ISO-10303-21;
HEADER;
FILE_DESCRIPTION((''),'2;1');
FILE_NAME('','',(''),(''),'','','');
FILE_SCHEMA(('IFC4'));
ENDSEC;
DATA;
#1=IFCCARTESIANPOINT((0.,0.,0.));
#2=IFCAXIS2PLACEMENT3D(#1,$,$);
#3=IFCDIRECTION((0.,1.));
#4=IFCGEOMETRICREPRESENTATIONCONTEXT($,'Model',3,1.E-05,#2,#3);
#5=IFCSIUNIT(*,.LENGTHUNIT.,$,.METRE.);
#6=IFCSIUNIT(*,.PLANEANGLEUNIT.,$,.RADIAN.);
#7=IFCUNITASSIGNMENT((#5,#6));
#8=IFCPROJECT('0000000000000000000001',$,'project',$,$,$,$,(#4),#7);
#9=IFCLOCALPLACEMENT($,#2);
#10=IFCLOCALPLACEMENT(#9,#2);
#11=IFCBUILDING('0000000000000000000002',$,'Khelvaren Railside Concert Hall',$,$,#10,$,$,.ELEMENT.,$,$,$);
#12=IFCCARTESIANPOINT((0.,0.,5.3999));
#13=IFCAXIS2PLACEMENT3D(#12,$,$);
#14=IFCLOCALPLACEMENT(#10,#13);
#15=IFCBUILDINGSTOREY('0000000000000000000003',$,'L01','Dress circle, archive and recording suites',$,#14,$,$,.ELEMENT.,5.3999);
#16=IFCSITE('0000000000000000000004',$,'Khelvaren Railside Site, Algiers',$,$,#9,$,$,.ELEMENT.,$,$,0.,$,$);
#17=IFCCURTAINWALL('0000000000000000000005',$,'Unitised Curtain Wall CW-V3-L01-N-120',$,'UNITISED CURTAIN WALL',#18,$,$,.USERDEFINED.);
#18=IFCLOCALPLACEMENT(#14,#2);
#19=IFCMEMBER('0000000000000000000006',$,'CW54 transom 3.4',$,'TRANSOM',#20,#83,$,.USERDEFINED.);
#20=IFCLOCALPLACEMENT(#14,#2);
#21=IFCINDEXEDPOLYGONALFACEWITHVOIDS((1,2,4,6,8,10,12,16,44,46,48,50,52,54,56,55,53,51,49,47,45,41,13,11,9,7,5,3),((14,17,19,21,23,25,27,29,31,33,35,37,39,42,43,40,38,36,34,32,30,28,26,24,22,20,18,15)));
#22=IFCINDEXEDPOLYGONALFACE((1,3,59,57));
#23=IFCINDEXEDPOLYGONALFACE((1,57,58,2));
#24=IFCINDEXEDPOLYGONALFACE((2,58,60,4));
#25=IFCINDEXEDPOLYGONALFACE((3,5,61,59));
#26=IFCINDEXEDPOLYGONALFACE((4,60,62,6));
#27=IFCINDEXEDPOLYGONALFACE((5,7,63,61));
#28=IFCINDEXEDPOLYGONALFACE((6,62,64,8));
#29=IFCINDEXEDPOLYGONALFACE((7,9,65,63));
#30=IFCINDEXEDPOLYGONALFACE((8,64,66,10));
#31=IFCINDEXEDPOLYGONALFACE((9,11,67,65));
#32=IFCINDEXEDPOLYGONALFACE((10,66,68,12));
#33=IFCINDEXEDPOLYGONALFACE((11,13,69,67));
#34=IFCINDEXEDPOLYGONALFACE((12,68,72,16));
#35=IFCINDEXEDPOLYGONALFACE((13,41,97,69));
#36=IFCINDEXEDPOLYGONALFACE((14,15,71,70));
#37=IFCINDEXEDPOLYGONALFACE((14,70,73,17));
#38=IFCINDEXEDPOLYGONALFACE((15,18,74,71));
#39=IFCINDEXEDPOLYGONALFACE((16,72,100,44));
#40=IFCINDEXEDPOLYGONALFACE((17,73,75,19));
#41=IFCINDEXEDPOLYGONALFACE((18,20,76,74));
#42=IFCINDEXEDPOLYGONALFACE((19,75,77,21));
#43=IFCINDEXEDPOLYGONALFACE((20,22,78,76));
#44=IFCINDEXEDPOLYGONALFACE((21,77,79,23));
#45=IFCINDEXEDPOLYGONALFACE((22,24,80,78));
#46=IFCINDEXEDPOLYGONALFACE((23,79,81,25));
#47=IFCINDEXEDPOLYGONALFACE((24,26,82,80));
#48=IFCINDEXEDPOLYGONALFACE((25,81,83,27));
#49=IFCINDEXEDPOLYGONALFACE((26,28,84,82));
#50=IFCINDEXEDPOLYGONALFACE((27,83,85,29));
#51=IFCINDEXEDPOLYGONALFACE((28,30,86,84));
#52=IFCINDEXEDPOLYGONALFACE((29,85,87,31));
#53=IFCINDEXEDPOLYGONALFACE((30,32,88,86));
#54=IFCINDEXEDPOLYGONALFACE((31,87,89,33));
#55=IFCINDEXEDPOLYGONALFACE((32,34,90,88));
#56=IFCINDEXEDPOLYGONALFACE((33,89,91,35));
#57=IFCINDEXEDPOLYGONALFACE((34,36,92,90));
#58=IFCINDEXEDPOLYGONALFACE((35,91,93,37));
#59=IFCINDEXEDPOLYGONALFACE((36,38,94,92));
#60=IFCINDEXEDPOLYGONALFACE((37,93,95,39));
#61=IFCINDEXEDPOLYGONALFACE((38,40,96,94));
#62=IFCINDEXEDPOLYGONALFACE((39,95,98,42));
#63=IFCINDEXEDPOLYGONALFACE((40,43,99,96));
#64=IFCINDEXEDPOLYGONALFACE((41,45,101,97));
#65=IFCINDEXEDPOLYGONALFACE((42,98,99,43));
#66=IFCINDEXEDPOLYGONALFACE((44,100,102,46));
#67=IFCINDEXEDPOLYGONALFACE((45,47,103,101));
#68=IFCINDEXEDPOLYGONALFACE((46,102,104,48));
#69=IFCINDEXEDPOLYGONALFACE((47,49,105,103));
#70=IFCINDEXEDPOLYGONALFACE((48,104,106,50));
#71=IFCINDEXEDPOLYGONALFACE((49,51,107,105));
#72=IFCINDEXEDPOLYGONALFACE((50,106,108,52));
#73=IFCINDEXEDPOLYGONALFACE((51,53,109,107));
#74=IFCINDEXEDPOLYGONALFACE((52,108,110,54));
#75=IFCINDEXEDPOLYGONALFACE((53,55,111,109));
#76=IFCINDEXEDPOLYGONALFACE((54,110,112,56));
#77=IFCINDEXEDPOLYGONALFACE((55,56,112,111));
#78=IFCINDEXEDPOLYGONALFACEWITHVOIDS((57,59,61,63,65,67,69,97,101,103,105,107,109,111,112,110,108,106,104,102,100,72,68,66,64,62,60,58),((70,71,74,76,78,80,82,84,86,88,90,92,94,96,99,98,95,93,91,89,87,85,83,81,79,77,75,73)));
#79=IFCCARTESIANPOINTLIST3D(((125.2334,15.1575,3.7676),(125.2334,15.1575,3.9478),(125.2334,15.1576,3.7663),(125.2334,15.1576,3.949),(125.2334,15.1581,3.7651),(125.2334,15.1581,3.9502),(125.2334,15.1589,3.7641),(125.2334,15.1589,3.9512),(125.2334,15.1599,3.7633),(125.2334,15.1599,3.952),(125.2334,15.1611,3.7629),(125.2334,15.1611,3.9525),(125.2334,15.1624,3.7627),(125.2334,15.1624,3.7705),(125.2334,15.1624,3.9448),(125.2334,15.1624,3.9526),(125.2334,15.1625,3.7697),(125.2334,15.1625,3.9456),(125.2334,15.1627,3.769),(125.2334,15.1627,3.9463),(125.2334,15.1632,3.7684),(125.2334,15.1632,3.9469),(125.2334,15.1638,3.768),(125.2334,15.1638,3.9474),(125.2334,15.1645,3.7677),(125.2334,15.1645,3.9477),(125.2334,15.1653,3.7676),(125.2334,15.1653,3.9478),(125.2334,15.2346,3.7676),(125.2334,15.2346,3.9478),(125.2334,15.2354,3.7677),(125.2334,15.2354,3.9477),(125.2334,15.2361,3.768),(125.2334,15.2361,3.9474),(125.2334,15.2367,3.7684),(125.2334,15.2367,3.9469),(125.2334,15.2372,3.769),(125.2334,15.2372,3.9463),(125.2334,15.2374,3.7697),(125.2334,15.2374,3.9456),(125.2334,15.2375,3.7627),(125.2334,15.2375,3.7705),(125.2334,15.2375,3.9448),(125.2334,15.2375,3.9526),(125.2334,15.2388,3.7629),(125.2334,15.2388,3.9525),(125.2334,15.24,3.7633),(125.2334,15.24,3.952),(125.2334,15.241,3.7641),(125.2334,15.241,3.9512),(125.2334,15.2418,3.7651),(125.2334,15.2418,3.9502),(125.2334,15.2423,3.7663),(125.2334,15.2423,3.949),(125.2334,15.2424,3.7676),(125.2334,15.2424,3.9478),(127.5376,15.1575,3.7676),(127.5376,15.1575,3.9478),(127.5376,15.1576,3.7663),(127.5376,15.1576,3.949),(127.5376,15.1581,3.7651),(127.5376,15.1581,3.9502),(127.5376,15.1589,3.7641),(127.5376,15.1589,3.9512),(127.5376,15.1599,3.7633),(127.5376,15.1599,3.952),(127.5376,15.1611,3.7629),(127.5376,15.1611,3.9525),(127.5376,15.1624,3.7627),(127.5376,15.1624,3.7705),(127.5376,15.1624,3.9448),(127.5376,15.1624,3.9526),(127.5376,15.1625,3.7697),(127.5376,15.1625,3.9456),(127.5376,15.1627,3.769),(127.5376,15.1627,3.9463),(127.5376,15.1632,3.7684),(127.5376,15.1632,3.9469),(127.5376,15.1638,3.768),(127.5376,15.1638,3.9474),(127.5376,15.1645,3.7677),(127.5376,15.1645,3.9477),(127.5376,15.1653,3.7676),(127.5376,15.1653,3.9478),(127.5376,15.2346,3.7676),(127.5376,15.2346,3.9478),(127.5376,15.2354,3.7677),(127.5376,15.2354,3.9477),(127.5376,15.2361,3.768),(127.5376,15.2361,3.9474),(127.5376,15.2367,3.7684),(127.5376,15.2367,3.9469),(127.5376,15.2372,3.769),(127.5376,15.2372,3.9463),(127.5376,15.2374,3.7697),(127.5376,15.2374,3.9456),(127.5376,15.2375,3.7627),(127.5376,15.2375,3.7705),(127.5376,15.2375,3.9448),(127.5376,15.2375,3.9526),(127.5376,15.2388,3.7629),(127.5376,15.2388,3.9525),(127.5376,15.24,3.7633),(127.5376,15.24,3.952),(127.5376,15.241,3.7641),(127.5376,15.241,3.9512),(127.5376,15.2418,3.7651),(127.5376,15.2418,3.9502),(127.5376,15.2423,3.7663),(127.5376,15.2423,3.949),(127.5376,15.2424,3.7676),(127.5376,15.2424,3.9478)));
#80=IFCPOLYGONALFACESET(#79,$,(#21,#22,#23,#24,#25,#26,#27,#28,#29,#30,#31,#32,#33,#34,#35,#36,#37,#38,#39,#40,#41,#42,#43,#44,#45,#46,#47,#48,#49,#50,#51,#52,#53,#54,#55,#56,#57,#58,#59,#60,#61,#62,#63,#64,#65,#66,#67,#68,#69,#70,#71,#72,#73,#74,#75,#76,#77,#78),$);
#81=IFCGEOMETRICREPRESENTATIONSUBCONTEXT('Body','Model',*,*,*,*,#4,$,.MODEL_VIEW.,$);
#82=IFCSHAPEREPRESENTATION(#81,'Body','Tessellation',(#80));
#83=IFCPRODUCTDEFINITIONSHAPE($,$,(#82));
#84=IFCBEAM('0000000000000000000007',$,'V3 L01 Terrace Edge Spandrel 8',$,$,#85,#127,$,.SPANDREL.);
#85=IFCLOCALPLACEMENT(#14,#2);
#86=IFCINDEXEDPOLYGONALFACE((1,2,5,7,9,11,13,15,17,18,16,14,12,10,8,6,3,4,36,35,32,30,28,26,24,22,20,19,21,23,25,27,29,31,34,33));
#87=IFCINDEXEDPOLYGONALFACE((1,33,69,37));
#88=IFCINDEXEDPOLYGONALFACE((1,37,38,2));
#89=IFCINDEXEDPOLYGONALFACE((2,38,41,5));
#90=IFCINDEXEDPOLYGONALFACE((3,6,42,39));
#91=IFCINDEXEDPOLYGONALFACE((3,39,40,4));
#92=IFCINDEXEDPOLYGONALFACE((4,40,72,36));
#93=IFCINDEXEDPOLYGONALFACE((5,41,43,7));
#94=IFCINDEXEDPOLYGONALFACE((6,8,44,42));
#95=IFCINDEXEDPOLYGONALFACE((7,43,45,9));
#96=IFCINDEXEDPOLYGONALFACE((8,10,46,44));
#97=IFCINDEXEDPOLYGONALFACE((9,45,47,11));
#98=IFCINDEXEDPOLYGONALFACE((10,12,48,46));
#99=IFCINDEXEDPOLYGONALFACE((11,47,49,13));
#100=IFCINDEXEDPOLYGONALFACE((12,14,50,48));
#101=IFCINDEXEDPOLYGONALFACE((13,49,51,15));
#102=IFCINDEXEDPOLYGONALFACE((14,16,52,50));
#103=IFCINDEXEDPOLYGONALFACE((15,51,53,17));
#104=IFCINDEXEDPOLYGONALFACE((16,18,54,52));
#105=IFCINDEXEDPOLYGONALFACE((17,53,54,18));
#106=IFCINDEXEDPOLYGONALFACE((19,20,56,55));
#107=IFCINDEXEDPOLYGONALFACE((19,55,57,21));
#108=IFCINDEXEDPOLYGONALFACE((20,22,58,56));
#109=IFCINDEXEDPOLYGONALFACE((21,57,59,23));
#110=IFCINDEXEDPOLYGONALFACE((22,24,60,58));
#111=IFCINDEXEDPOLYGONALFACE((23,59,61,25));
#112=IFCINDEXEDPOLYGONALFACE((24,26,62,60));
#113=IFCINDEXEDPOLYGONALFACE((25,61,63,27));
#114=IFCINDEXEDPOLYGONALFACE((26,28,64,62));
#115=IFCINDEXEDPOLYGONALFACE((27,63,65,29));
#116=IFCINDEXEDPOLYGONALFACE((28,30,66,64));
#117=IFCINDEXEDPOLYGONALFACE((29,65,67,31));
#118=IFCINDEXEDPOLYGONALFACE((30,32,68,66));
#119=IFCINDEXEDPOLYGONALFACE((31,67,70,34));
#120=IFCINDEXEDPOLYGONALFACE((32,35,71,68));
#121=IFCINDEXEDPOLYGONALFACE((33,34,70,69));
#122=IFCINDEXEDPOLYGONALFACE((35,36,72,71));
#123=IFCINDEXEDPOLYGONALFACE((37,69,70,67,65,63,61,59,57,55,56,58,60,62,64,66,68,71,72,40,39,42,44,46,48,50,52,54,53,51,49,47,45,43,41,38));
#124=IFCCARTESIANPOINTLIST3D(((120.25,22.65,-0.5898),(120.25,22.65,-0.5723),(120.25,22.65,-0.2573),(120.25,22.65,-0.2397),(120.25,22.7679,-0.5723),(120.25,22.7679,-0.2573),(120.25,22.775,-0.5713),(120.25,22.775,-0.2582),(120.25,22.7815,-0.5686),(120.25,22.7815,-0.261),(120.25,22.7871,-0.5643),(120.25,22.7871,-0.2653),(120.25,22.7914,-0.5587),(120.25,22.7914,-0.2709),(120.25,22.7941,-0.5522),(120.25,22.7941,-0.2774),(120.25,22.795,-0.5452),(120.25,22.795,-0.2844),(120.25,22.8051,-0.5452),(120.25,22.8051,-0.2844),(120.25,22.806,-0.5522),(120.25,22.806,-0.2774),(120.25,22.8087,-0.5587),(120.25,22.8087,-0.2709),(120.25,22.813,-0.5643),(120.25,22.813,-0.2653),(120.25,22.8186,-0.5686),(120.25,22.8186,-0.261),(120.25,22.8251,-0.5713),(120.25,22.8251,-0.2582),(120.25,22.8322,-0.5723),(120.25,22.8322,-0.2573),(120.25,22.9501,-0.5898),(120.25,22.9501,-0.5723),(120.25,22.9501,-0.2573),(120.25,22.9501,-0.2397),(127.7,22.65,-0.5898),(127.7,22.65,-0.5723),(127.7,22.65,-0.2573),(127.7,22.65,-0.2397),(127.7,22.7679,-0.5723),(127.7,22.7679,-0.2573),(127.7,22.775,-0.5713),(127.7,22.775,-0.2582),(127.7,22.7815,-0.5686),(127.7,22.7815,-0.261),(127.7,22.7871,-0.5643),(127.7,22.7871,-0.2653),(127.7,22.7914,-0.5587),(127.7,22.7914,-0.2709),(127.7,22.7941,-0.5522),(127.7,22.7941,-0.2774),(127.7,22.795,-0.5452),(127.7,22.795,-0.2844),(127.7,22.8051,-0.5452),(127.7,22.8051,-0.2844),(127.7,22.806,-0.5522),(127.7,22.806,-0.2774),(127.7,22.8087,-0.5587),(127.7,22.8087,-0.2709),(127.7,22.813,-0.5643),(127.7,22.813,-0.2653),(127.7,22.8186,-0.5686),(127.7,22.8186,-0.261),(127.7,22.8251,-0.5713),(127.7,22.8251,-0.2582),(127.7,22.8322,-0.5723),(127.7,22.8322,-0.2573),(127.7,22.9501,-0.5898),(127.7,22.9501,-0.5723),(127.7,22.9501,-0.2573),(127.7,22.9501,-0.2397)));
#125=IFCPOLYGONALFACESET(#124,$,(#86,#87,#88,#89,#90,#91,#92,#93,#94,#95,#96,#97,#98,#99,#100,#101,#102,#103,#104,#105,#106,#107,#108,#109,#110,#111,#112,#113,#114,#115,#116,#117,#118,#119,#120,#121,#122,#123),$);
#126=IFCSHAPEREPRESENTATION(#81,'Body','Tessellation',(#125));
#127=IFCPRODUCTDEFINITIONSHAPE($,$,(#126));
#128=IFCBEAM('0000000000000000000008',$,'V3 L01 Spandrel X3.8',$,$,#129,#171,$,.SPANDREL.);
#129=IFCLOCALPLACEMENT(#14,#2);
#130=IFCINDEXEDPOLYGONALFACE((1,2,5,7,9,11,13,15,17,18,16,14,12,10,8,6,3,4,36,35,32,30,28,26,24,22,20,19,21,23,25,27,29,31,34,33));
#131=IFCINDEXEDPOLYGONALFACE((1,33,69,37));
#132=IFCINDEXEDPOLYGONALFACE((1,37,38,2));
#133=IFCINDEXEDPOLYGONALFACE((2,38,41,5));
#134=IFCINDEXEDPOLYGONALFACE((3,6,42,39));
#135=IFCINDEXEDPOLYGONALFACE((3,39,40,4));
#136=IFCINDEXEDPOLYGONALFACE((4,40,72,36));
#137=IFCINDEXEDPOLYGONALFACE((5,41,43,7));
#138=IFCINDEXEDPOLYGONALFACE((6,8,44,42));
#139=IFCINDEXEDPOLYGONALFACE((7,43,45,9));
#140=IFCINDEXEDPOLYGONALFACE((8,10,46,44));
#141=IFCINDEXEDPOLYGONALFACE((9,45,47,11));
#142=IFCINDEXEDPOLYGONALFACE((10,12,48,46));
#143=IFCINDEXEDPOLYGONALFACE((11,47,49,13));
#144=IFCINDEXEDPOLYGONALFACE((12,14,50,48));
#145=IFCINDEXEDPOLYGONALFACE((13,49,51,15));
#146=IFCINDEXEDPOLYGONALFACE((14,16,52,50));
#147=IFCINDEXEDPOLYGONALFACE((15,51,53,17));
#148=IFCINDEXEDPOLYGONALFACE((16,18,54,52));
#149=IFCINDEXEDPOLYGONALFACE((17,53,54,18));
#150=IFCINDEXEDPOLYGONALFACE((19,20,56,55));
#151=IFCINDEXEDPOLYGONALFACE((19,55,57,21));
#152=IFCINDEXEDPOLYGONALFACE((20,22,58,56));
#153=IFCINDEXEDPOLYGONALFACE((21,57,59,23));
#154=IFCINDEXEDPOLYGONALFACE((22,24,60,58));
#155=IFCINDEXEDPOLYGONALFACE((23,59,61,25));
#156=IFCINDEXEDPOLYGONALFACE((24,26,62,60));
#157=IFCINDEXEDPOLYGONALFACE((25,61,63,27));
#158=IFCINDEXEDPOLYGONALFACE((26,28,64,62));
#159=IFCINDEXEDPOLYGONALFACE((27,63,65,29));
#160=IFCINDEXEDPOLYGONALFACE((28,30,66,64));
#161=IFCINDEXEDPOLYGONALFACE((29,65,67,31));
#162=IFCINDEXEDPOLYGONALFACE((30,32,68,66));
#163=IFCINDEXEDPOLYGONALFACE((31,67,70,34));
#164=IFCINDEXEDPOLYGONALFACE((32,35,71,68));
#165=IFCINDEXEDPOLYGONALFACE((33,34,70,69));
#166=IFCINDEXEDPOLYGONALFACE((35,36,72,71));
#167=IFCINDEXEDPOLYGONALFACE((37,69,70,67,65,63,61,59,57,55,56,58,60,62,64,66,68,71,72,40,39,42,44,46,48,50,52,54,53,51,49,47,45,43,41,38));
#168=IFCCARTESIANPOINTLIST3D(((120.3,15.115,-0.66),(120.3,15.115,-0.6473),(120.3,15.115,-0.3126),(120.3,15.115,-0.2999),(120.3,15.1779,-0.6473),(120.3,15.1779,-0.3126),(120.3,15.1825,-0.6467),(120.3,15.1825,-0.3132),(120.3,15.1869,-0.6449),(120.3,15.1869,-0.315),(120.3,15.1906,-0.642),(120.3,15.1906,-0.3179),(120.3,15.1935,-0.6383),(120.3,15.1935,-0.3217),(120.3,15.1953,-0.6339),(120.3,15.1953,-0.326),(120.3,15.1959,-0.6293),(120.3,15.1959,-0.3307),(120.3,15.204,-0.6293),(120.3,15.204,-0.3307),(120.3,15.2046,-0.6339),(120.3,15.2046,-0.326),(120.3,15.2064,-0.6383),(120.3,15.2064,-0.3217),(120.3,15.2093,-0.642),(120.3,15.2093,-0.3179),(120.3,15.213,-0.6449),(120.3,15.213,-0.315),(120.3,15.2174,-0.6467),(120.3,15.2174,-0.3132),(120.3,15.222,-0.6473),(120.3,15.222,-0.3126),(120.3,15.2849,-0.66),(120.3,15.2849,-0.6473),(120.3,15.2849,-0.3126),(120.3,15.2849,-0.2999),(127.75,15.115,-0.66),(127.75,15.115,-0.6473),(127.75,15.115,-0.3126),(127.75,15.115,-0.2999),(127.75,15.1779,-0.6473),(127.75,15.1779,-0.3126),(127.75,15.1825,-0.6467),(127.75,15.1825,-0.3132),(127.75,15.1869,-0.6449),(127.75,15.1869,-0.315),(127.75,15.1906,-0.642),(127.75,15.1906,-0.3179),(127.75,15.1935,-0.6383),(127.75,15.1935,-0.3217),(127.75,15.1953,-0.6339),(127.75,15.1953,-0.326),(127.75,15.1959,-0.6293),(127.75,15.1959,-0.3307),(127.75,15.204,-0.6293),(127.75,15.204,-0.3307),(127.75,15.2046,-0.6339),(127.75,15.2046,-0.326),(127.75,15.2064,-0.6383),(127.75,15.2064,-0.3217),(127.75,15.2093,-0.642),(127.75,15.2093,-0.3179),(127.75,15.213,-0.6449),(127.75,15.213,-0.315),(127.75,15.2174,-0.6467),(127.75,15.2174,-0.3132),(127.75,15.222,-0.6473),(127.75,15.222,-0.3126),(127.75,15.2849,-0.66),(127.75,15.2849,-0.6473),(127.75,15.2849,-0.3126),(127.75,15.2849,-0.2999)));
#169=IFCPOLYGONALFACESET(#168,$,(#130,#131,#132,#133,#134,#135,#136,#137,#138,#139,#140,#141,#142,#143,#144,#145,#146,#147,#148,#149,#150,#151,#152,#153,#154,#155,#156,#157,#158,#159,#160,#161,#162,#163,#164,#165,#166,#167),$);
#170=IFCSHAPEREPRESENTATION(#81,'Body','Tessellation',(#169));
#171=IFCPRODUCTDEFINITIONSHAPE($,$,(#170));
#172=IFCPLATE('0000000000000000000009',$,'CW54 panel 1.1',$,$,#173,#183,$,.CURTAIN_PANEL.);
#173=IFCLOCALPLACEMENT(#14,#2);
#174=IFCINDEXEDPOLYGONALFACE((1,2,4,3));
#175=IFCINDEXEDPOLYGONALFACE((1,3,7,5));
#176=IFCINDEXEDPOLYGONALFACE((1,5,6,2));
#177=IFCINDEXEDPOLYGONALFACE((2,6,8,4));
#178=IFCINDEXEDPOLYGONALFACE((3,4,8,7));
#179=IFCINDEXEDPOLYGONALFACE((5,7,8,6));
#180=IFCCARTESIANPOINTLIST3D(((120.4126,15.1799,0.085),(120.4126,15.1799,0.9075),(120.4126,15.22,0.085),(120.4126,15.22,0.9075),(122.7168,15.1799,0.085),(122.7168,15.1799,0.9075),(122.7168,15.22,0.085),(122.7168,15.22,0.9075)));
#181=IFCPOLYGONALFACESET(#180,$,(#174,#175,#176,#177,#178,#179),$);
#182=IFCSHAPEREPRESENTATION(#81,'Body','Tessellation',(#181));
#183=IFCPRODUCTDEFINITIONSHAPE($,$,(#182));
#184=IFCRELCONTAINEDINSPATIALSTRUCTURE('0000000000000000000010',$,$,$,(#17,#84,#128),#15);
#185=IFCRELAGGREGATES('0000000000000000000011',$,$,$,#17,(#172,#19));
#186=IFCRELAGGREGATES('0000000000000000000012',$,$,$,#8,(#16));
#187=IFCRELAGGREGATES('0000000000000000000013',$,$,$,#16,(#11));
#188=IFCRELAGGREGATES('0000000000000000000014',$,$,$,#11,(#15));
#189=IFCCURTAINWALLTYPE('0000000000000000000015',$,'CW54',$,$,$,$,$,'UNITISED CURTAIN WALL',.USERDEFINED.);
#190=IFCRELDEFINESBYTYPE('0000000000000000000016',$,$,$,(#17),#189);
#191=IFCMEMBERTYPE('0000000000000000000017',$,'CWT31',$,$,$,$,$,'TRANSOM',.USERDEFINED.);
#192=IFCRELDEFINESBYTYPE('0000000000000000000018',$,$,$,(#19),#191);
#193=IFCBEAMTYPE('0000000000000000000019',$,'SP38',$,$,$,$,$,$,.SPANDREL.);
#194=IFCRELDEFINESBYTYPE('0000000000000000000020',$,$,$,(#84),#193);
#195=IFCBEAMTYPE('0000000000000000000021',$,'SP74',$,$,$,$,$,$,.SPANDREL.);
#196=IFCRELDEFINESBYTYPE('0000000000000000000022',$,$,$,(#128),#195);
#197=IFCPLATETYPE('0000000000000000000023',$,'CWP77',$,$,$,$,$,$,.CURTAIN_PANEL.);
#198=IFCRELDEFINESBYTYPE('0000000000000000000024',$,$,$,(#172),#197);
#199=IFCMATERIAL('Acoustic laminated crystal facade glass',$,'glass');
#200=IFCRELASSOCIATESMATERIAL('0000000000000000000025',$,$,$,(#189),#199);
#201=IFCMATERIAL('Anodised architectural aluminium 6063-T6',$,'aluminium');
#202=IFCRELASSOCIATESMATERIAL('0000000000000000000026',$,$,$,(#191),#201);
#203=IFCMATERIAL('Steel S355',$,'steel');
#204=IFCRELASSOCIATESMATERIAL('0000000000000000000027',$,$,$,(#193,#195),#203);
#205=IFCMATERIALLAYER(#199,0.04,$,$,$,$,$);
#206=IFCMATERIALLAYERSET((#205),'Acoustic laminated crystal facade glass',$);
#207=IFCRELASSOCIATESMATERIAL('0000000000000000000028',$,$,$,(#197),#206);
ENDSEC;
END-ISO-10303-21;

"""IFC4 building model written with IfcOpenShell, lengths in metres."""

from ifc_helpers import new_model, si_unit, direction, frame, origin, origin_2d, place, context, subcontext, project, spatial, rectangle, hollow_rectangle, i_section, extrude, material, layer, layer_set, material_profile, profile_set, type_object, element, aggregate, save


model = new_model("IFC4")

# Units and contexts
model_context = context("Model", 3, precision=1e-05, world=origin(), true_north=direction((0.0, 1.0)))
body_context = subcontext(model_context, "Body", "Model", "MODEL_VIEW")
ifc_project = project(units=[si_unit("LENGTHUNIT", "METRE"), si_unit("PLANEANGLEUNIT", "RADIAN")], contexts=[model_context])

# Site, building, storey
site_placement = place(None, origin())
site = spatial("IfcSite", under=ifc_project, at=site_placement, Name="Khelvaren Railside Site, Algiers", CompositionType="ELEMENT", RefElevation=0.0)
building_placement = place(site_placement, origin())
building = spatial("IfcBuilding", under=site, at=building_placement, Name="Khelvaren Railside Concert Hall", CompositionType="ELEMENT")
storey_placement = place(building_placement, frame((0.0, 0.0, 5.3999)))
storey = spatial("IfcBuildingStorey", under=building, at=storey_placement, Name="L01", Description="Dress circle, archive and recording suites", CompositionType="ELEMENT", Elevation=5.3999)

# Curtain wall, member
ifc_material_1 = material(Name="Acoustic laminated crystal facade glass", Category="glass")
curtain_wall_type = type_object("IfcCurtainWallType", Name="CW54", ElementType="UNITISED CURTAIN WALL", PredefinedType="USERDEFINED", material=ifc_material_1)
curtain_wall_placement = place(storey_placement, origin())
curtain_wall = element("IfcCurtainWall", 1, at=curtain_wall_placement, inside=storey, type_object=curtain_wall_type, Name="Unitised Curtain Wall CW-V3-L01-N-120", ObjectType="UNITISED CURTAIN WALL", PredefinedType="USERDEFINED")
ifc_material_2 = material(Name="Anodised architectural aluminium 6063-T6", Category="aluminium")
ifc_material_profile_1 = material_profile(ifc_material_2, hollow_rectangle(XDim=0.085, YDim=0.1899, WallThickness=0.0049, InnerFilletRadius=0.0029, OuterFilletRadius=0.0049, at=origin_2d()), Name="CWT 85x190x5")
ifc_profile_set_1 = profile_set([ifc_material_profile_1], Name="Anodised architectural aluminium 6063-T6")
member_type_1 = type_object("IfcMemberType", Name="CWT31", ElementType="TRANSOM", PredefinedType="USERDEFINED", material=ifc_profile_set_1)
member_1_placement = place(storey_placement, frame((125.2334, 15.2, 3.8577), z_axis=(1.0, 0.0, 0.0), x_axis=(0.0, 1.0, 0.0)))
member_1 = element("IfcMember", 2, at=member_1_placement, type_object=member_type_1, Name="CW54 transom 3.4", ObjectType="TRANSOM", PredefinedType="USERDEFINED", context=body_context, shape_type="SweptSolid", body=[
    extrude(hollow_rectangle(XDim=0.085, YDim=0.1899, WallThickness=0.0049, InnerFilletRadius=0.0029, OuterFilletRadius=0.0049, at=origin_2d()), origin(), (0.0, 0.0, 1.0), 2.3042),
])

# Beams
ifc_material_3 = material(Name="Steel S355", Category="steel")
ifc_material_profile_2 = material_profile(ifc_material_3, i_section(OverallWidth=0.3, OverallDepth=0.3501, WebThickness=0.01, FlangeThickness=0.0176, FilletRadius=0.0271, at=origin_2d()), Name="HEA 360")
ifc_profile_set_2 = profile_set([ifc_material_profile_2], Name="Steel S355")
beam_type_1 = type_object("IfcBeamType", Name="SP38", PredefinedType="SPANDREL", material=ifc_profile_set_2)
beam_1_placement = place(storey_placement, frame((120.25, 22.8, -0.4148), z_axis=(1.0, 0.0, 0.0), x_axis=(0.0, 1.0, 0.0)))
element("IfcBeam", 3, at=beam_1_placement, inside=storey, type_object=beam_type_1, Name="V3 L01 Terrace Edge Spandrel 8", PredefinedType="SPANDREL", context=body_context, shape_type="SweptSolid", body=[
    extrude(i_section(OverallWidth=0.3, OverallDepth=0.3501, WebThickness=0.01, FlangeThickness=0.0176, FilletRadius=0.0271, at=origin_2d()), origin(), (0.0, 0.0, 1.0), 7.45),
])
ifc_material_profile_3 = material_profile(ifc_material_3, i_section(OverallWidth=0.1699, OverallDepth=0.3601, WebThickness=0.0081, FlangeThickness=0.0127, FilletRadius=0.0181, at=origin_2d()), Name="IPE 360")
ifc_profile_set_3 = profile_set([ifc_material_profile_3], Name="Steel S355")
beam_type_2 = type_object("IfcBeamType", Name="SP74", PredefinedType="SPANDREL", material=ifc_profile_set_3)
beam_2_placement = place(storey_placement, frame((120.3, 15.2, -0.48), z_axis=(1.0, 0.0, 0.0), x_axis=(0.0, 1.0, 0.0)))
element("IfcBeam", 4, at=beam_2_placement, inside=storey, type_object=beam_type_2, Name="V3 L01 Spandrel X3.8", PredefinedType="SPANDREL", context=body_context, shape_type="SweptSolid", body=[
    extrude(i_section(OverallWidth=0.1699, OverallDepth=0.3601, WebThickness=0.0081, FlangeThickness=0.0127, FilletRadius=0.0181, at=origin_2d()), origin(), (0.0, 0.0, 1.0), 7.45),
])

# Plate
ifc_layer = layer(ifc_material_1, 0.04)
ifc_layer_set = layer_set([ifc_layer], Name="Acoustic laminated crystal facade glass")
plate_type = type_object("IfcPlateType", Name="CWP77", PredefinedType="CURTAIN_PANEL", material=ifc_layer_set)
plate_1_placement = place(storey_placement, frame((121.5647, 15.2, 0.085), z_axis=(0.0, 0.0, 1.0), x_axis=(1.0, 0.0, 0.0)))
plate_1 = element("IfcPlate", 5, at=plate_1_placement, type_object=plate_type, Name="CW54 panel 1.1", PredefinedType="CURTAIN_PANEL", context=body_context, shape_type="SweptSolid", body=[
    extrude(rectangle(XDim=2.3042, YDim=0.04, at=origin_2d()), origin(), (0.0, 0.0, 1.0), 0.8225),
])
aggregate(curtain_wall, [plate_1, member_1])

save(model, "model.ifc")
